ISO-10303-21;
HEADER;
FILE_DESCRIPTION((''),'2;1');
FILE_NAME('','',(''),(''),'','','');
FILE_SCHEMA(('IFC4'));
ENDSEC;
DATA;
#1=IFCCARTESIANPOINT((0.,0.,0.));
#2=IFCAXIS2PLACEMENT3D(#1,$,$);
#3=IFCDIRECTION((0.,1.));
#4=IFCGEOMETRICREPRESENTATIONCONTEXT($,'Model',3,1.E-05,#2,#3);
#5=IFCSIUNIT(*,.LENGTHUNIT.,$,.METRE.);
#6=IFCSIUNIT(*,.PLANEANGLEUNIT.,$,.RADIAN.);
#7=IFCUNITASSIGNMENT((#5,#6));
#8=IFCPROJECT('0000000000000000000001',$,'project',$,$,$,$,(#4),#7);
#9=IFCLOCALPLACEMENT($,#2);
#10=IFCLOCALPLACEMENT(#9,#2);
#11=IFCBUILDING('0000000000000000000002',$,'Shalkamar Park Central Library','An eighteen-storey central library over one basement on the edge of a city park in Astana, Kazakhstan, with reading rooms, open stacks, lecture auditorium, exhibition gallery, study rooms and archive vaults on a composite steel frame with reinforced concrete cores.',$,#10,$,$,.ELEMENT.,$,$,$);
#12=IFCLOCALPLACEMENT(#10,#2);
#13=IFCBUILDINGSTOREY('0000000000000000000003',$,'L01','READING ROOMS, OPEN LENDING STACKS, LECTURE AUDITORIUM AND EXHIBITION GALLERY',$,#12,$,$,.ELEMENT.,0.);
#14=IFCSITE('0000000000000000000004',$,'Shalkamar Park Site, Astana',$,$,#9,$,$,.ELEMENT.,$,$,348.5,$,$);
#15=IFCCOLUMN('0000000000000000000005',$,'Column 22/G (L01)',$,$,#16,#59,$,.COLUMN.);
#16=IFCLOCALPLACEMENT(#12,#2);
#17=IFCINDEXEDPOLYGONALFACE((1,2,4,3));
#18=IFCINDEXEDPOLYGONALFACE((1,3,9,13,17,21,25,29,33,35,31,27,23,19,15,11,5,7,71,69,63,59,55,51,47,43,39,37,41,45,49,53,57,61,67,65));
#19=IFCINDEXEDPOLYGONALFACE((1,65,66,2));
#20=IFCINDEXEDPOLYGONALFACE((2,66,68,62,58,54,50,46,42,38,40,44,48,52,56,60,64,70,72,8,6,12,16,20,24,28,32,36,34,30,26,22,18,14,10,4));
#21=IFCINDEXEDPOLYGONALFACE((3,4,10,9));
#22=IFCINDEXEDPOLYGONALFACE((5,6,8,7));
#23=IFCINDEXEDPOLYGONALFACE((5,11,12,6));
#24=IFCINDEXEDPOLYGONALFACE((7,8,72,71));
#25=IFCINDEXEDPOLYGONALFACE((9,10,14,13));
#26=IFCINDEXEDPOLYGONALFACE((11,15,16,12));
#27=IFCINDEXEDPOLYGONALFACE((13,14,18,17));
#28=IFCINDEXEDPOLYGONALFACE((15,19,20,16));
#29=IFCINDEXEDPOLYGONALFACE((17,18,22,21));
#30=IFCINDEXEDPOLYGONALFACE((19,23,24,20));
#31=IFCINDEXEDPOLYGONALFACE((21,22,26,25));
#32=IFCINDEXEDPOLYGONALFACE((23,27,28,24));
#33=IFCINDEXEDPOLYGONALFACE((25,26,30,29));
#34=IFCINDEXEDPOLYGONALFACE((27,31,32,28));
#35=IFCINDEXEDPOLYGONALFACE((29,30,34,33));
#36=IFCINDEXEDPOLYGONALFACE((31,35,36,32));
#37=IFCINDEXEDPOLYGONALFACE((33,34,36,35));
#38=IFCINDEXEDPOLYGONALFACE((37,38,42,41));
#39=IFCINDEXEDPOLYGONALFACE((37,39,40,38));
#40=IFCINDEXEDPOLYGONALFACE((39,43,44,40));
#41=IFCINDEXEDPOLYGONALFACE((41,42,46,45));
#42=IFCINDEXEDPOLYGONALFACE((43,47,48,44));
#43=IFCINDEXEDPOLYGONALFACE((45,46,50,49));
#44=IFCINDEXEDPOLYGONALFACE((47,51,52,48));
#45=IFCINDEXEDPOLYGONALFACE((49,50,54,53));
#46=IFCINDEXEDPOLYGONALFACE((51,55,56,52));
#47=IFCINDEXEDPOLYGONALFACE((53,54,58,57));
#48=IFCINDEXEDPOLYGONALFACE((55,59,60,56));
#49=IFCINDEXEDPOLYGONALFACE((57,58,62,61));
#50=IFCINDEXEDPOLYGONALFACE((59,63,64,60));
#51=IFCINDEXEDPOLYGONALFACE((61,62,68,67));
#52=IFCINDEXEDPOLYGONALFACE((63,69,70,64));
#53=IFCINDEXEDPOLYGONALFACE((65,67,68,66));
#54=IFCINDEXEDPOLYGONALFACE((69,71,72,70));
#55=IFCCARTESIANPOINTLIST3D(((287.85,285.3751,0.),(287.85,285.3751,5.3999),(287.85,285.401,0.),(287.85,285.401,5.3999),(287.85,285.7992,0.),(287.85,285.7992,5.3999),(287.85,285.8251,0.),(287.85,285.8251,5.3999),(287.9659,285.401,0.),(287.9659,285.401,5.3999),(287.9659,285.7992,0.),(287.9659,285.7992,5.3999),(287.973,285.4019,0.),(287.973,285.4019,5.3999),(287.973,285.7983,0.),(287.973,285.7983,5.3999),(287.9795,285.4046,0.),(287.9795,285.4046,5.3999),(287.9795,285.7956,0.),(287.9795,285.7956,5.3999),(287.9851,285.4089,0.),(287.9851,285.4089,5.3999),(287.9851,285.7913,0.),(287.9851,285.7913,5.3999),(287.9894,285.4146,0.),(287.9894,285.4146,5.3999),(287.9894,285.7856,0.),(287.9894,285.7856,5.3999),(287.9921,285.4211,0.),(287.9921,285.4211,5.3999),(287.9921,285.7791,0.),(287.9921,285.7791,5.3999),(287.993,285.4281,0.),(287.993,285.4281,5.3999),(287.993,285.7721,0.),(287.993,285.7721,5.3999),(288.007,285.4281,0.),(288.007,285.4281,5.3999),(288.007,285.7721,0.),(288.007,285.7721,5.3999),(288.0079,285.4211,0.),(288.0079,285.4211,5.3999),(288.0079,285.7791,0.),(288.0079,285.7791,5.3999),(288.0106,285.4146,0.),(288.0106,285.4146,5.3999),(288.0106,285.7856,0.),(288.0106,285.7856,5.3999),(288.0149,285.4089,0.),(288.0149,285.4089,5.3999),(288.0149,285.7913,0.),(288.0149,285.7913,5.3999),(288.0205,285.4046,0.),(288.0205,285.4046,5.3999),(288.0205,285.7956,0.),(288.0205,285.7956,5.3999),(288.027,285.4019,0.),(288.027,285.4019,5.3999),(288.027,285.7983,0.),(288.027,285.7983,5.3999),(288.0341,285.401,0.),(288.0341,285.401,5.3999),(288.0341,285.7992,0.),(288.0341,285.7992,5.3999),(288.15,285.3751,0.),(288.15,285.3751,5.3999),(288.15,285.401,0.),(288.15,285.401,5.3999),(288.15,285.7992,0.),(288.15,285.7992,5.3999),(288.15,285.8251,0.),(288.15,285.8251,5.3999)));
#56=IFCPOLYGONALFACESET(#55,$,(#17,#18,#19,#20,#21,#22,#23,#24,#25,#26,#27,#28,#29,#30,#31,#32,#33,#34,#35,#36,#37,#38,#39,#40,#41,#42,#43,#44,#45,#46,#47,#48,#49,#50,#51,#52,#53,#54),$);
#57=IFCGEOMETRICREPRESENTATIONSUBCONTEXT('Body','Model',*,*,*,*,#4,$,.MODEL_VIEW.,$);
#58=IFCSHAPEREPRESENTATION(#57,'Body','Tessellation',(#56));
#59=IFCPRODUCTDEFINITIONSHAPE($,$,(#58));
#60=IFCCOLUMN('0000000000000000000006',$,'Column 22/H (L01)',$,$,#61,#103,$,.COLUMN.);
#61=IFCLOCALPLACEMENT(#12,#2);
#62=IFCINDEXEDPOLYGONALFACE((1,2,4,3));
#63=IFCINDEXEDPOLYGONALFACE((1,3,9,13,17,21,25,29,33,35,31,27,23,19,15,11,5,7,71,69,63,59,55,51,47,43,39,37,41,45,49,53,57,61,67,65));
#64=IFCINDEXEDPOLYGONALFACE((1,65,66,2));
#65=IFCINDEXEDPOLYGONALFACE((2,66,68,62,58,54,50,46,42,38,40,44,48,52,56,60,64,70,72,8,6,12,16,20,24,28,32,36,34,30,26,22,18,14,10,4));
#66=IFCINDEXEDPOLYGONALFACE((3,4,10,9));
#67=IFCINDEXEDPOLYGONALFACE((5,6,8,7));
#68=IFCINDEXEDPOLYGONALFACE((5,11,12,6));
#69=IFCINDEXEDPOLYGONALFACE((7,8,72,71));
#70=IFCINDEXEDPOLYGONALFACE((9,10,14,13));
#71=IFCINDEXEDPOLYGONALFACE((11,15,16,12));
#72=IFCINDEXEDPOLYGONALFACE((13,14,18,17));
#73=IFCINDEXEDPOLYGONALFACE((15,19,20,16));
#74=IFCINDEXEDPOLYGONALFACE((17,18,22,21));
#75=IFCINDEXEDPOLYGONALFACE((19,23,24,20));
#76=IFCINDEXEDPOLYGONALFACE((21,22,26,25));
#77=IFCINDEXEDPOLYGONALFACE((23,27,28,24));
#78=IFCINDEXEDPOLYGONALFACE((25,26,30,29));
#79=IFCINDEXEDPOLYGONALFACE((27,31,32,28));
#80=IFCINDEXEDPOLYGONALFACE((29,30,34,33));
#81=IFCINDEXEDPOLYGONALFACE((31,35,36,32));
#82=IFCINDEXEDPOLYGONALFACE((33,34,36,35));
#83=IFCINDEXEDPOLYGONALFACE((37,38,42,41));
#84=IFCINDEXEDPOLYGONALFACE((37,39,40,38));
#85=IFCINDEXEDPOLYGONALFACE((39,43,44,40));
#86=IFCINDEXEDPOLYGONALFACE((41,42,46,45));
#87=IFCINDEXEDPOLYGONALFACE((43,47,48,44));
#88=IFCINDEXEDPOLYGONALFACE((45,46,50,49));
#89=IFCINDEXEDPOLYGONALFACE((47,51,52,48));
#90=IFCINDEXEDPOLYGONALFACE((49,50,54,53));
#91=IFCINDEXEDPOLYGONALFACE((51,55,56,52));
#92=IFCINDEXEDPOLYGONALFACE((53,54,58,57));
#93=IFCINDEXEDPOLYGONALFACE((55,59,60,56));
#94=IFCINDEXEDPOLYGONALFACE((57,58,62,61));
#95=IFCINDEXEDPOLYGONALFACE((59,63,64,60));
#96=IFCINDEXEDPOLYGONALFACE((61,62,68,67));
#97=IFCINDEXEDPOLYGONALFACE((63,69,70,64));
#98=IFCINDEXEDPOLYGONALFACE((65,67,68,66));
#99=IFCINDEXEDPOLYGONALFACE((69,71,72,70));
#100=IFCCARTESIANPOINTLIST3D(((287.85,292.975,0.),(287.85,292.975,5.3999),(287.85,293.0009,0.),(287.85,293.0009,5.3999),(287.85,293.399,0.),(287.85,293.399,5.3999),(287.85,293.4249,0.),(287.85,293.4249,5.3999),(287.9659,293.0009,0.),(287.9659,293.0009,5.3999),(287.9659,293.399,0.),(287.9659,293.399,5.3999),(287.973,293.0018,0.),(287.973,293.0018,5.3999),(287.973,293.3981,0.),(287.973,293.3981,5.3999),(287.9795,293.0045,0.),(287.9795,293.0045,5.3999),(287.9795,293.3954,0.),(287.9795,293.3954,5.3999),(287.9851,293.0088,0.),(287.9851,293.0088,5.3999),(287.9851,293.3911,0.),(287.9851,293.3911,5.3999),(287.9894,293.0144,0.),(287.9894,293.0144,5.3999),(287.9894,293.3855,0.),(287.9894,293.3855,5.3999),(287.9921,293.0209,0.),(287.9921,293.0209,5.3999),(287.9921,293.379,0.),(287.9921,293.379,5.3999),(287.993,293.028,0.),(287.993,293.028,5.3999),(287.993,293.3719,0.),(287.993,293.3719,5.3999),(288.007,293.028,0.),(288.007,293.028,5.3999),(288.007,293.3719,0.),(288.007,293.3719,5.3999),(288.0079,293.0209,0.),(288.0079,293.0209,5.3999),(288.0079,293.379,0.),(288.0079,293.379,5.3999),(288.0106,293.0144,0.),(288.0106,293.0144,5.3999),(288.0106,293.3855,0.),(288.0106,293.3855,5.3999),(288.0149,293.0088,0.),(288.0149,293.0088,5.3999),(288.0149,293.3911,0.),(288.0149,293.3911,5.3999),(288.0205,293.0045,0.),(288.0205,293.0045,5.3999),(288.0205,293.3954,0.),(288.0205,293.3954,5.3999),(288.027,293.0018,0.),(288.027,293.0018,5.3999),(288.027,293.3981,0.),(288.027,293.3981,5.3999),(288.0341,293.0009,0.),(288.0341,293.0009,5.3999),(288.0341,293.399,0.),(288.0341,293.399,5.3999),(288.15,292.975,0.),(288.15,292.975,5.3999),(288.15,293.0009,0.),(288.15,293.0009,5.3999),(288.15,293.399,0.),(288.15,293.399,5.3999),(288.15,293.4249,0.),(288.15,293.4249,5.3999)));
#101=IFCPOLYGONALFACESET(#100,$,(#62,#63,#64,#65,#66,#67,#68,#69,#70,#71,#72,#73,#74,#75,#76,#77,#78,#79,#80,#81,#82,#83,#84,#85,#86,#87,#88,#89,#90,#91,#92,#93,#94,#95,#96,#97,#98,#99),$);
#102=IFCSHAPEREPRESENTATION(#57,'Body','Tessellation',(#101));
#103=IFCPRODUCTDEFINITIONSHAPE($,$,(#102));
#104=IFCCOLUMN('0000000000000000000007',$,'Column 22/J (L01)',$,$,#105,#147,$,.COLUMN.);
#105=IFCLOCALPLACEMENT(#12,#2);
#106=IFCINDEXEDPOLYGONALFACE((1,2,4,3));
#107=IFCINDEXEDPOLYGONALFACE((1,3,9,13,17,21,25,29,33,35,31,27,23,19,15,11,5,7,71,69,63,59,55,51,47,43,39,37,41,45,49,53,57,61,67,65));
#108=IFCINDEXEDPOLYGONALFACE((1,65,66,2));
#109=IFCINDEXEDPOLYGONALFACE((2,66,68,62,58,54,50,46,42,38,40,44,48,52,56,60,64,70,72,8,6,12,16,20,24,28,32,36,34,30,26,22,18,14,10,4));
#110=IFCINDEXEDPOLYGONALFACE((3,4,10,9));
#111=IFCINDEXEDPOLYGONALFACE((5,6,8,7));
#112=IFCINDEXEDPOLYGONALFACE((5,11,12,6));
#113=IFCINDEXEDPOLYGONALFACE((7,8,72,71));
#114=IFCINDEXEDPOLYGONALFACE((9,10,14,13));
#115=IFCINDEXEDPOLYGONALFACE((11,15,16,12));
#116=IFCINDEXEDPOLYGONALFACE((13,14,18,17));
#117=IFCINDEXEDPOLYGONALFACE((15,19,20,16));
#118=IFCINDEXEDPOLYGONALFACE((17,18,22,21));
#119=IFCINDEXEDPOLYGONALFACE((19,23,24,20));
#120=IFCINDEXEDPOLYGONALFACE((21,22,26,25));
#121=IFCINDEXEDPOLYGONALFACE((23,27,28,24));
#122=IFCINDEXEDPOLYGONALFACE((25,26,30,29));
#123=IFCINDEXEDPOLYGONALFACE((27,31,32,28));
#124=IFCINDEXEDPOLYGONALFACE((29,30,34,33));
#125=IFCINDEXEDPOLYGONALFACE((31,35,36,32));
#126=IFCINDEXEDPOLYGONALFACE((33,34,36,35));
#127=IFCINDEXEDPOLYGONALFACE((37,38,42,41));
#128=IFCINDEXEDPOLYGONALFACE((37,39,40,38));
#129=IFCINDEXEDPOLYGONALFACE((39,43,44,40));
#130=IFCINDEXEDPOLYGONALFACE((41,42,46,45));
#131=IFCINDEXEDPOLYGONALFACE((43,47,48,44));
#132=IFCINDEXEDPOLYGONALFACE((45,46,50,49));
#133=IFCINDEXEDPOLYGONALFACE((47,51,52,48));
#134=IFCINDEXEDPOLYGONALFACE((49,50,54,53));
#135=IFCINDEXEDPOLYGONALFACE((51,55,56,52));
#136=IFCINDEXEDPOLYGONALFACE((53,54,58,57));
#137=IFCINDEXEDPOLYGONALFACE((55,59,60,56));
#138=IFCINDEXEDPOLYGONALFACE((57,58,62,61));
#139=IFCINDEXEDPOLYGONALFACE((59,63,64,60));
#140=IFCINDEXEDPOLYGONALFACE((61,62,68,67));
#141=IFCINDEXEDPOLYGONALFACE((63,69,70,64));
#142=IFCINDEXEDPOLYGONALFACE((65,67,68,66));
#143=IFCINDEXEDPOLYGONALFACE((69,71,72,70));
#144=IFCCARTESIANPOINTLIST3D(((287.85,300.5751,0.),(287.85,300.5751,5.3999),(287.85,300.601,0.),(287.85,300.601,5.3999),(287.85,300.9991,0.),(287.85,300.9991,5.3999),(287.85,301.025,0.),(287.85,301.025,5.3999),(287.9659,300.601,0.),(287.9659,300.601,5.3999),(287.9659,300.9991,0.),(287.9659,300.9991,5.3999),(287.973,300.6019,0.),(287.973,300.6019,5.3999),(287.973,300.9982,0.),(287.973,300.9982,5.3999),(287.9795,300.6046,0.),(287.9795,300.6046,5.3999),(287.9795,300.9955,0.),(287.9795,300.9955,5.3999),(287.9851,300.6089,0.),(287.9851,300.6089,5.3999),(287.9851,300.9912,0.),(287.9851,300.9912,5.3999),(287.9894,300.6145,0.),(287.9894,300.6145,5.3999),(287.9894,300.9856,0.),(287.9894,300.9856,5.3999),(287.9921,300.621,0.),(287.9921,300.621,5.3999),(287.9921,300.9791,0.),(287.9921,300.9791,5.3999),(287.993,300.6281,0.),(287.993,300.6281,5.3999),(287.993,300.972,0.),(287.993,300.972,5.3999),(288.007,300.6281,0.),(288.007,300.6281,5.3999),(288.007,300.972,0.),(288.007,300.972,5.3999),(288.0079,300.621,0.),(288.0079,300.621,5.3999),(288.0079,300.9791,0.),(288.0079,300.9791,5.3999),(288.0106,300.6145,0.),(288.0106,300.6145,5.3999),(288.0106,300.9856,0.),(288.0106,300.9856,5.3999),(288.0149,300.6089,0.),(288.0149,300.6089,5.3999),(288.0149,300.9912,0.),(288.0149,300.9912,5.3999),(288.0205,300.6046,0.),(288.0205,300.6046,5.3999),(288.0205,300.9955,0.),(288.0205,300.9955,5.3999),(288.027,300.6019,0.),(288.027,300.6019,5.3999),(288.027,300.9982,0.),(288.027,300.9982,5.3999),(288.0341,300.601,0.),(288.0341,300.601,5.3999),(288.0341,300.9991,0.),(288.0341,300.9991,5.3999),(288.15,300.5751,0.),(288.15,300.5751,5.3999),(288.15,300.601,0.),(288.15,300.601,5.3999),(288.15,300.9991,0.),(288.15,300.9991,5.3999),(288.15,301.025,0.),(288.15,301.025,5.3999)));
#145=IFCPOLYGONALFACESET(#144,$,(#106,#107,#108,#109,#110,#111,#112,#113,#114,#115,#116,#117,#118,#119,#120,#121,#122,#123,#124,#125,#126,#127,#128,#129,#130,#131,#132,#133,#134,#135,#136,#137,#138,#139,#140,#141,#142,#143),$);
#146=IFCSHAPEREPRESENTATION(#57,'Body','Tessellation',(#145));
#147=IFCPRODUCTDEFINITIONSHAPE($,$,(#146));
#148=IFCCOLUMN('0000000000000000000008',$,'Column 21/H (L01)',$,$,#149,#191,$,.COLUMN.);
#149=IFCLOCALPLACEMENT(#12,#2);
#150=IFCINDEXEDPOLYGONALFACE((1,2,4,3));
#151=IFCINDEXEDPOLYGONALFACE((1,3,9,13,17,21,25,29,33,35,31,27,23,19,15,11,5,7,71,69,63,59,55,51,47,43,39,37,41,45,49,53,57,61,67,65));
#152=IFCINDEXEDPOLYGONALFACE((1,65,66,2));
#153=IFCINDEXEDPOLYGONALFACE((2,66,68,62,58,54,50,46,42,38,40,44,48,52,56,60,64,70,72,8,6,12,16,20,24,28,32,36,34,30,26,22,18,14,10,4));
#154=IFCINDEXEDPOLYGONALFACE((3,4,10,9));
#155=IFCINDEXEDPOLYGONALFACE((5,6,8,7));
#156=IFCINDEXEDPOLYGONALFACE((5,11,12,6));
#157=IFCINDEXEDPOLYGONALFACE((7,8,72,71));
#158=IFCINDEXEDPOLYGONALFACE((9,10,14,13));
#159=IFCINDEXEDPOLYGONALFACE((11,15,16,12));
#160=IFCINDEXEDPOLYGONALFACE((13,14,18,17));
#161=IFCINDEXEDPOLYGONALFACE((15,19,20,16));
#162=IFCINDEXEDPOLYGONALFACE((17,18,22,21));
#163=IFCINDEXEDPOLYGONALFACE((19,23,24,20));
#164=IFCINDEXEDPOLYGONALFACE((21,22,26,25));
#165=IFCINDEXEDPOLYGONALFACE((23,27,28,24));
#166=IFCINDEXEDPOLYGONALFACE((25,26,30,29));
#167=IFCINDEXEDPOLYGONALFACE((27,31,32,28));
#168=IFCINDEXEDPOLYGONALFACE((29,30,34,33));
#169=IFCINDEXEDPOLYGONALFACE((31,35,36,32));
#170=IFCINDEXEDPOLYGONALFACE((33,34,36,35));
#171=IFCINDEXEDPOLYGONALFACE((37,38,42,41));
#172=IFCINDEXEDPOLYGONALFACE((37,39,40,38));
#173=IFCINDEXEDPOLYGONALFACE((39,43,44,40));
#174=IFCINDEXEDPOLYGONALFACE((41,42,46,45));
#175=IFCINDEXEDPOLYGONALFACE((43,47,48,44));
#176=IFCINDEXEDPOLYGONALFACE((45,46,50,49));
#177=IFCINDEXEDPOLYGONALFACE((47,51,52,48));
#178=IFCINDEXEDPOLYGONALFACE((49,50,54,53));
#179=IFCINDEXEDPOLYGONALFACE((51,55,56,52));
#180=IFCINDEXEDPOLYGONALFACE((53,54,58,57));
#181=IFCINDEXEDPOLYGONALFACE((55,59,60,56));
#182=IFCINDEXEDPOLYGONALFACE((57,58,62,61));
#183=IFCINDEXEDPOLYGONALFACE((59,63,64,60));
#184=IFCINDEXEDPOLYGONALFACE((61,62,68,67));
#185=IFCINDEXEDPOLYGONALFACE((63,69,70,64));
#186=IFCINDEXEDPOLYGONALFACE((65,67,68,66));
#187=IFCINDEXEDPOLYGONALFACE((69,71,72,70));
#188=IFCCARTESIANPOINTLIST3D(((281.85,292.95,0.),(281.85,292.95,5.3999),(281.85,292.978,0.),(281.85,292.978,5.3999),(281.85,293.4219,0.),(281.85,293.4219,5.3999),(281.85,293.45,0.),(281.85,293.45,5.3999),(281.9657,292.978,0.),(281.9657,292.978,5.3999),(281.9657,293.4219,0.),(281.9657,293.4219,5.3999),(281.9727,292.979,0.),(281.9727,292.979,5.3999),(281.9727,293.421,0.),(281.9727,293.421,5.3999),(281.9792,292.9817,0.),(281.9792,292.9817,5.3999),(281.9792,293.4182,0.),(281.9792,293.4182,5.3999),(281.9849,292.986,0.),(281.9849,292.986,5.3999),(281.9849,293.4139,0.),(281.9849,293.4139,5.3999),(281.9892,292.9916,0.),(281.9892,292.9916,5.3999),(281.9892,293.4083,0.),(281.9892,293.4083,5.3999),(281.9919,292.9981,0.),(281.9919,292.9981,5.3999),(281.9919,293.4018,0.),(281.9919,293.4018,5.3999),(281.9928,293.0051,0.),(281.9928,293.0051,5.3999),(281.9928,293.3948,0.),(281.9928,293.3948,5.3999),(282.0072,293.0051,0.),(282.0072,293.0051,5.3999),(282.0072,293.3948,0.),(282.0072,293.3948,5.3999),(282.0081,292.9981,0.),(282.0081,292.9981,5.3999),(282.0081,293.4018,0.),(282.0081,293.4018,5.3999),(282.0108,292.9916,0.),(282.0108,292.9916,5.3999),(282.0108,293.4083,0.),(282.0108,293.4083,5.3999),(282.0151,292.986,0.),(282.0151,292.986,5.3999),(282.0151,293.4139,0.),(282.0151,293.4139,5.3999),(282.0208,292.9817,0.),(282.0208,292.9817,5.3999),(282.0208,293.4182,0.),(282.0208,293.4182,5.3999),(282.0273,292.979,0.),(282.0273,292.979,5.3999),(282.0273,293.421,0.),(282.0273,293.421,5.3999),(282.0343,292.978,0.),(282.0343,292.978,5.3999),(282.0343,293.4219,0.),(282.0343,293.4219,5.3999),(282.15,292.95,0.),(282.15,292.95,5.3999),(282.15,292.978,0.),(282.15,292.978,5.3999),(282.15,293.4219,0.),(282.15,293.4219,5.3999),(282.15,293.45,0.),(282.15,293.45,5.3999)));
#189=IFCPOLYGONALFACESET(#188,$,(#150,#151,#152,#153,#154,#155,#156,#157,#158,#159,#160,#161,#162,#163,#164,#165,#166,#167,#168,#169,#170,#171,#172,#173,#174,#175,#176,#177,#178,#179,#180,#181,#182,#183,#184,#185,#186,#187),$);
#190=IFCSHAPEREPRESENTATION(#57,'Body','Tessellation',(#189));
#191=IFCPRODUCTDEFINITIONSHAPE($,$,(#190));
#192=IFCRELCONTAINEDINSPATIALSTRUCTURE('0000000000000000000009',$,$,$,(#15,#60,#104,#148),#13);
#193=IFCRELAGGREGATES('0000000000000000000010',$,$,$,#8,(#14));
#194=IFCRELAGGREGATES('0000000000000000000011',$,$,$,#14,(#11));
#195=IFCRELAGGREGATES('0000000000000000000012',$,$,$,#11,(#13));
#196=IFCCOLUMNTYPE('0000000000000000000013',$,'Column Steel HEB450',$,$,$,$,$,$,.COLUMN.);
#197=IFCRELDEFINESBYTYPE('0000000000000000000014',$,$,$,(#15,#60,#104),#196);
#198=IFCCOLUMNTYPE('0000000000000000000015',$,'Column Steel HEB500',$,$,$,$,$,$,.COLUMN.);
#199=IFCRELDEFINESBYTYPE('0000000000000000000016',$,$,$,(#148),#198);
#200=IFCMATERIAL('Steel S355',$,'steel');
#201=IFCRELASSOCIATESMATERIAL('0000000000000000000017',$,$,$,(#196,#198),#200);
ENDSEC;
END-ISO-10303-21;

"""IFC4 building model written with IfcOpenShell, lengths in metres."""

from ifc_helpers import new_model, si_unit, direction, frame, origin, origin_2d, place, context, subcontext, project, spatial, i_section, extrude, material, material_profile, profile_set, type_object, element, save


model = new_model("IFC4")

# Units and contexts
model_context = context("Model", 3, precision=1e-05, world=origin(), true_north=direction((0.0, 1.0)))
body_context = subcontext(model_context, "Body", "Model", "MODEL_VIEW")
ifc_project = project(units=[si_unit("LENGTHUNIT", "METRE"), si_unit("PLANEANGLEUNIT", "RADIAN")], contexts=[model_context])

# Site, building, storey
site_placement = place(None, origin())
site = spatial("IfcSite", under=ifc_project, at=site_placement, Name="Shalkamar Park Site, Astana", CompositionType="ELEMENT", RefElevation=348.5)
building_placement = place(site_placement, origin())
building = spatial("IfcBuilding", under=site, at=building_placement, Name="Shalkamar Park Central Library", Description="An eighteen-storey central library over one basement on the edge of a city park in Astana, Kazakhstan, with reading rooms, open stacks, lecture auditorium, exhibition gallery, study rooms and archive vaults on a composite steel frame with reinforced concrete cores.", CompositionType="ELEMENT")
storey_placement = place(building_placement, origin())
storey = spatial("IfcBuildingStorey", under=building, at=storey_placement, Name="L01", Description="READING ROOMS, OPEN LENDING STACKS, LECTURE AUDITORIUM AND EXHIBITION GALLERY", CompositionType="ELEMENT", Elevation=0.0)

# Columns
ifc_material_1 = material(Name="Steel S355", Category="steel")
ifc_material_profile_1 = material_profile(ifc_material_1, i_section(OverallWidth=0.3, OverallDepth=0.45, WebThickness=0.0139, FlangeThickness=0.0259, FilletRadius=0.0271, at=origin_2d()), Name="HEB 450")
ifc_profile_set_1 = profile_set([ifc_material_profile_1], Name="Steel S355")
column_type_1 = type_object("IfcColumnType", Name="Column Steel HEB450", PredefinedType="COLUMN", material=ifc_profile_set_1)
for number, where, z_axis, x_axis, name in (
    (1, (288.0, 285.6001, 0.0), (0.0, 0.0, 1.0), (1.0, 0.0, 0.0), "Column 22/G (L01)"),
    (2, (288.0, 293.2, 0.0), (0.0, 0.0, 1.0), (1.0, 0.0, 0.0), "Column 22/H (L01)"),
    (3, (288.0, 300.8, 0.0), (0.0, 0.0, 1.0), (1.0, 0.0, 0.0), "Column 22/J (L01)"),
):
    element("IfcColumn", number, at=place(storey_placement, frame(where, z_axis=z_axis, x_axis=x_axis)), inside=storey, type_object=column_type_1, Name=name, PredefinedType="COLUMN", context=body_context, shape_type="SweptSolid", body=[
        extrude(i_section(OverallWidth=0.3, OverallDepth=0.45, WebThickness=0.0139, FlangeThickness=0.0259, FilletRadius=0.0271, at=origin_2d()), origin(), (0.0, 0.0, 1.0), 5.3999),
    ])
ifc_material_profile_2 = material_profile(ifc_material_1, i_section(OverallWidth=0.3, OverallDepth=0.5, WebThickness=0.0144, FlangeThickness=0.0281, FilletRadius=0.0271, at=origin_2d()), Name="HEB 500")
ifc_profile_set_2 = profile_set([ifc_material_profile_2], Name="Steel S355")
column_type_2 = type_object("IfcColumnType", Name="Column Steel HEB500", PredefinedType="COLUMN", material=ifc_profile_set_2)
for number, where, z_axis, x_axis, name in (
    (4, (282.0, 293.2, 0.0), (0.0, 0.0, 1.0), (1.0, 0.0, 0.0), "Column 21/H (L01)"),
):
    element("IfcColumn", number, at=place(storey_placement, frame(where, z_axis=z_axis, x_axis=x_axis)), inside=storey, type_object=column_type_2, Name=name, PredefinedType="COLUMN", context=body_context, shape_type="SweptSolid", body=[
        extrude(i_section(OverallWidth=0.3, OverallDepth=0.5, WebThickness=0.0144, FlangeThickness=0.0281, FilletRadius=0.0271, at=origin_2d()), origin(), (0.0, 0.0, 1.0), 5.3999),
    ])

save(model, "model.ifc")
